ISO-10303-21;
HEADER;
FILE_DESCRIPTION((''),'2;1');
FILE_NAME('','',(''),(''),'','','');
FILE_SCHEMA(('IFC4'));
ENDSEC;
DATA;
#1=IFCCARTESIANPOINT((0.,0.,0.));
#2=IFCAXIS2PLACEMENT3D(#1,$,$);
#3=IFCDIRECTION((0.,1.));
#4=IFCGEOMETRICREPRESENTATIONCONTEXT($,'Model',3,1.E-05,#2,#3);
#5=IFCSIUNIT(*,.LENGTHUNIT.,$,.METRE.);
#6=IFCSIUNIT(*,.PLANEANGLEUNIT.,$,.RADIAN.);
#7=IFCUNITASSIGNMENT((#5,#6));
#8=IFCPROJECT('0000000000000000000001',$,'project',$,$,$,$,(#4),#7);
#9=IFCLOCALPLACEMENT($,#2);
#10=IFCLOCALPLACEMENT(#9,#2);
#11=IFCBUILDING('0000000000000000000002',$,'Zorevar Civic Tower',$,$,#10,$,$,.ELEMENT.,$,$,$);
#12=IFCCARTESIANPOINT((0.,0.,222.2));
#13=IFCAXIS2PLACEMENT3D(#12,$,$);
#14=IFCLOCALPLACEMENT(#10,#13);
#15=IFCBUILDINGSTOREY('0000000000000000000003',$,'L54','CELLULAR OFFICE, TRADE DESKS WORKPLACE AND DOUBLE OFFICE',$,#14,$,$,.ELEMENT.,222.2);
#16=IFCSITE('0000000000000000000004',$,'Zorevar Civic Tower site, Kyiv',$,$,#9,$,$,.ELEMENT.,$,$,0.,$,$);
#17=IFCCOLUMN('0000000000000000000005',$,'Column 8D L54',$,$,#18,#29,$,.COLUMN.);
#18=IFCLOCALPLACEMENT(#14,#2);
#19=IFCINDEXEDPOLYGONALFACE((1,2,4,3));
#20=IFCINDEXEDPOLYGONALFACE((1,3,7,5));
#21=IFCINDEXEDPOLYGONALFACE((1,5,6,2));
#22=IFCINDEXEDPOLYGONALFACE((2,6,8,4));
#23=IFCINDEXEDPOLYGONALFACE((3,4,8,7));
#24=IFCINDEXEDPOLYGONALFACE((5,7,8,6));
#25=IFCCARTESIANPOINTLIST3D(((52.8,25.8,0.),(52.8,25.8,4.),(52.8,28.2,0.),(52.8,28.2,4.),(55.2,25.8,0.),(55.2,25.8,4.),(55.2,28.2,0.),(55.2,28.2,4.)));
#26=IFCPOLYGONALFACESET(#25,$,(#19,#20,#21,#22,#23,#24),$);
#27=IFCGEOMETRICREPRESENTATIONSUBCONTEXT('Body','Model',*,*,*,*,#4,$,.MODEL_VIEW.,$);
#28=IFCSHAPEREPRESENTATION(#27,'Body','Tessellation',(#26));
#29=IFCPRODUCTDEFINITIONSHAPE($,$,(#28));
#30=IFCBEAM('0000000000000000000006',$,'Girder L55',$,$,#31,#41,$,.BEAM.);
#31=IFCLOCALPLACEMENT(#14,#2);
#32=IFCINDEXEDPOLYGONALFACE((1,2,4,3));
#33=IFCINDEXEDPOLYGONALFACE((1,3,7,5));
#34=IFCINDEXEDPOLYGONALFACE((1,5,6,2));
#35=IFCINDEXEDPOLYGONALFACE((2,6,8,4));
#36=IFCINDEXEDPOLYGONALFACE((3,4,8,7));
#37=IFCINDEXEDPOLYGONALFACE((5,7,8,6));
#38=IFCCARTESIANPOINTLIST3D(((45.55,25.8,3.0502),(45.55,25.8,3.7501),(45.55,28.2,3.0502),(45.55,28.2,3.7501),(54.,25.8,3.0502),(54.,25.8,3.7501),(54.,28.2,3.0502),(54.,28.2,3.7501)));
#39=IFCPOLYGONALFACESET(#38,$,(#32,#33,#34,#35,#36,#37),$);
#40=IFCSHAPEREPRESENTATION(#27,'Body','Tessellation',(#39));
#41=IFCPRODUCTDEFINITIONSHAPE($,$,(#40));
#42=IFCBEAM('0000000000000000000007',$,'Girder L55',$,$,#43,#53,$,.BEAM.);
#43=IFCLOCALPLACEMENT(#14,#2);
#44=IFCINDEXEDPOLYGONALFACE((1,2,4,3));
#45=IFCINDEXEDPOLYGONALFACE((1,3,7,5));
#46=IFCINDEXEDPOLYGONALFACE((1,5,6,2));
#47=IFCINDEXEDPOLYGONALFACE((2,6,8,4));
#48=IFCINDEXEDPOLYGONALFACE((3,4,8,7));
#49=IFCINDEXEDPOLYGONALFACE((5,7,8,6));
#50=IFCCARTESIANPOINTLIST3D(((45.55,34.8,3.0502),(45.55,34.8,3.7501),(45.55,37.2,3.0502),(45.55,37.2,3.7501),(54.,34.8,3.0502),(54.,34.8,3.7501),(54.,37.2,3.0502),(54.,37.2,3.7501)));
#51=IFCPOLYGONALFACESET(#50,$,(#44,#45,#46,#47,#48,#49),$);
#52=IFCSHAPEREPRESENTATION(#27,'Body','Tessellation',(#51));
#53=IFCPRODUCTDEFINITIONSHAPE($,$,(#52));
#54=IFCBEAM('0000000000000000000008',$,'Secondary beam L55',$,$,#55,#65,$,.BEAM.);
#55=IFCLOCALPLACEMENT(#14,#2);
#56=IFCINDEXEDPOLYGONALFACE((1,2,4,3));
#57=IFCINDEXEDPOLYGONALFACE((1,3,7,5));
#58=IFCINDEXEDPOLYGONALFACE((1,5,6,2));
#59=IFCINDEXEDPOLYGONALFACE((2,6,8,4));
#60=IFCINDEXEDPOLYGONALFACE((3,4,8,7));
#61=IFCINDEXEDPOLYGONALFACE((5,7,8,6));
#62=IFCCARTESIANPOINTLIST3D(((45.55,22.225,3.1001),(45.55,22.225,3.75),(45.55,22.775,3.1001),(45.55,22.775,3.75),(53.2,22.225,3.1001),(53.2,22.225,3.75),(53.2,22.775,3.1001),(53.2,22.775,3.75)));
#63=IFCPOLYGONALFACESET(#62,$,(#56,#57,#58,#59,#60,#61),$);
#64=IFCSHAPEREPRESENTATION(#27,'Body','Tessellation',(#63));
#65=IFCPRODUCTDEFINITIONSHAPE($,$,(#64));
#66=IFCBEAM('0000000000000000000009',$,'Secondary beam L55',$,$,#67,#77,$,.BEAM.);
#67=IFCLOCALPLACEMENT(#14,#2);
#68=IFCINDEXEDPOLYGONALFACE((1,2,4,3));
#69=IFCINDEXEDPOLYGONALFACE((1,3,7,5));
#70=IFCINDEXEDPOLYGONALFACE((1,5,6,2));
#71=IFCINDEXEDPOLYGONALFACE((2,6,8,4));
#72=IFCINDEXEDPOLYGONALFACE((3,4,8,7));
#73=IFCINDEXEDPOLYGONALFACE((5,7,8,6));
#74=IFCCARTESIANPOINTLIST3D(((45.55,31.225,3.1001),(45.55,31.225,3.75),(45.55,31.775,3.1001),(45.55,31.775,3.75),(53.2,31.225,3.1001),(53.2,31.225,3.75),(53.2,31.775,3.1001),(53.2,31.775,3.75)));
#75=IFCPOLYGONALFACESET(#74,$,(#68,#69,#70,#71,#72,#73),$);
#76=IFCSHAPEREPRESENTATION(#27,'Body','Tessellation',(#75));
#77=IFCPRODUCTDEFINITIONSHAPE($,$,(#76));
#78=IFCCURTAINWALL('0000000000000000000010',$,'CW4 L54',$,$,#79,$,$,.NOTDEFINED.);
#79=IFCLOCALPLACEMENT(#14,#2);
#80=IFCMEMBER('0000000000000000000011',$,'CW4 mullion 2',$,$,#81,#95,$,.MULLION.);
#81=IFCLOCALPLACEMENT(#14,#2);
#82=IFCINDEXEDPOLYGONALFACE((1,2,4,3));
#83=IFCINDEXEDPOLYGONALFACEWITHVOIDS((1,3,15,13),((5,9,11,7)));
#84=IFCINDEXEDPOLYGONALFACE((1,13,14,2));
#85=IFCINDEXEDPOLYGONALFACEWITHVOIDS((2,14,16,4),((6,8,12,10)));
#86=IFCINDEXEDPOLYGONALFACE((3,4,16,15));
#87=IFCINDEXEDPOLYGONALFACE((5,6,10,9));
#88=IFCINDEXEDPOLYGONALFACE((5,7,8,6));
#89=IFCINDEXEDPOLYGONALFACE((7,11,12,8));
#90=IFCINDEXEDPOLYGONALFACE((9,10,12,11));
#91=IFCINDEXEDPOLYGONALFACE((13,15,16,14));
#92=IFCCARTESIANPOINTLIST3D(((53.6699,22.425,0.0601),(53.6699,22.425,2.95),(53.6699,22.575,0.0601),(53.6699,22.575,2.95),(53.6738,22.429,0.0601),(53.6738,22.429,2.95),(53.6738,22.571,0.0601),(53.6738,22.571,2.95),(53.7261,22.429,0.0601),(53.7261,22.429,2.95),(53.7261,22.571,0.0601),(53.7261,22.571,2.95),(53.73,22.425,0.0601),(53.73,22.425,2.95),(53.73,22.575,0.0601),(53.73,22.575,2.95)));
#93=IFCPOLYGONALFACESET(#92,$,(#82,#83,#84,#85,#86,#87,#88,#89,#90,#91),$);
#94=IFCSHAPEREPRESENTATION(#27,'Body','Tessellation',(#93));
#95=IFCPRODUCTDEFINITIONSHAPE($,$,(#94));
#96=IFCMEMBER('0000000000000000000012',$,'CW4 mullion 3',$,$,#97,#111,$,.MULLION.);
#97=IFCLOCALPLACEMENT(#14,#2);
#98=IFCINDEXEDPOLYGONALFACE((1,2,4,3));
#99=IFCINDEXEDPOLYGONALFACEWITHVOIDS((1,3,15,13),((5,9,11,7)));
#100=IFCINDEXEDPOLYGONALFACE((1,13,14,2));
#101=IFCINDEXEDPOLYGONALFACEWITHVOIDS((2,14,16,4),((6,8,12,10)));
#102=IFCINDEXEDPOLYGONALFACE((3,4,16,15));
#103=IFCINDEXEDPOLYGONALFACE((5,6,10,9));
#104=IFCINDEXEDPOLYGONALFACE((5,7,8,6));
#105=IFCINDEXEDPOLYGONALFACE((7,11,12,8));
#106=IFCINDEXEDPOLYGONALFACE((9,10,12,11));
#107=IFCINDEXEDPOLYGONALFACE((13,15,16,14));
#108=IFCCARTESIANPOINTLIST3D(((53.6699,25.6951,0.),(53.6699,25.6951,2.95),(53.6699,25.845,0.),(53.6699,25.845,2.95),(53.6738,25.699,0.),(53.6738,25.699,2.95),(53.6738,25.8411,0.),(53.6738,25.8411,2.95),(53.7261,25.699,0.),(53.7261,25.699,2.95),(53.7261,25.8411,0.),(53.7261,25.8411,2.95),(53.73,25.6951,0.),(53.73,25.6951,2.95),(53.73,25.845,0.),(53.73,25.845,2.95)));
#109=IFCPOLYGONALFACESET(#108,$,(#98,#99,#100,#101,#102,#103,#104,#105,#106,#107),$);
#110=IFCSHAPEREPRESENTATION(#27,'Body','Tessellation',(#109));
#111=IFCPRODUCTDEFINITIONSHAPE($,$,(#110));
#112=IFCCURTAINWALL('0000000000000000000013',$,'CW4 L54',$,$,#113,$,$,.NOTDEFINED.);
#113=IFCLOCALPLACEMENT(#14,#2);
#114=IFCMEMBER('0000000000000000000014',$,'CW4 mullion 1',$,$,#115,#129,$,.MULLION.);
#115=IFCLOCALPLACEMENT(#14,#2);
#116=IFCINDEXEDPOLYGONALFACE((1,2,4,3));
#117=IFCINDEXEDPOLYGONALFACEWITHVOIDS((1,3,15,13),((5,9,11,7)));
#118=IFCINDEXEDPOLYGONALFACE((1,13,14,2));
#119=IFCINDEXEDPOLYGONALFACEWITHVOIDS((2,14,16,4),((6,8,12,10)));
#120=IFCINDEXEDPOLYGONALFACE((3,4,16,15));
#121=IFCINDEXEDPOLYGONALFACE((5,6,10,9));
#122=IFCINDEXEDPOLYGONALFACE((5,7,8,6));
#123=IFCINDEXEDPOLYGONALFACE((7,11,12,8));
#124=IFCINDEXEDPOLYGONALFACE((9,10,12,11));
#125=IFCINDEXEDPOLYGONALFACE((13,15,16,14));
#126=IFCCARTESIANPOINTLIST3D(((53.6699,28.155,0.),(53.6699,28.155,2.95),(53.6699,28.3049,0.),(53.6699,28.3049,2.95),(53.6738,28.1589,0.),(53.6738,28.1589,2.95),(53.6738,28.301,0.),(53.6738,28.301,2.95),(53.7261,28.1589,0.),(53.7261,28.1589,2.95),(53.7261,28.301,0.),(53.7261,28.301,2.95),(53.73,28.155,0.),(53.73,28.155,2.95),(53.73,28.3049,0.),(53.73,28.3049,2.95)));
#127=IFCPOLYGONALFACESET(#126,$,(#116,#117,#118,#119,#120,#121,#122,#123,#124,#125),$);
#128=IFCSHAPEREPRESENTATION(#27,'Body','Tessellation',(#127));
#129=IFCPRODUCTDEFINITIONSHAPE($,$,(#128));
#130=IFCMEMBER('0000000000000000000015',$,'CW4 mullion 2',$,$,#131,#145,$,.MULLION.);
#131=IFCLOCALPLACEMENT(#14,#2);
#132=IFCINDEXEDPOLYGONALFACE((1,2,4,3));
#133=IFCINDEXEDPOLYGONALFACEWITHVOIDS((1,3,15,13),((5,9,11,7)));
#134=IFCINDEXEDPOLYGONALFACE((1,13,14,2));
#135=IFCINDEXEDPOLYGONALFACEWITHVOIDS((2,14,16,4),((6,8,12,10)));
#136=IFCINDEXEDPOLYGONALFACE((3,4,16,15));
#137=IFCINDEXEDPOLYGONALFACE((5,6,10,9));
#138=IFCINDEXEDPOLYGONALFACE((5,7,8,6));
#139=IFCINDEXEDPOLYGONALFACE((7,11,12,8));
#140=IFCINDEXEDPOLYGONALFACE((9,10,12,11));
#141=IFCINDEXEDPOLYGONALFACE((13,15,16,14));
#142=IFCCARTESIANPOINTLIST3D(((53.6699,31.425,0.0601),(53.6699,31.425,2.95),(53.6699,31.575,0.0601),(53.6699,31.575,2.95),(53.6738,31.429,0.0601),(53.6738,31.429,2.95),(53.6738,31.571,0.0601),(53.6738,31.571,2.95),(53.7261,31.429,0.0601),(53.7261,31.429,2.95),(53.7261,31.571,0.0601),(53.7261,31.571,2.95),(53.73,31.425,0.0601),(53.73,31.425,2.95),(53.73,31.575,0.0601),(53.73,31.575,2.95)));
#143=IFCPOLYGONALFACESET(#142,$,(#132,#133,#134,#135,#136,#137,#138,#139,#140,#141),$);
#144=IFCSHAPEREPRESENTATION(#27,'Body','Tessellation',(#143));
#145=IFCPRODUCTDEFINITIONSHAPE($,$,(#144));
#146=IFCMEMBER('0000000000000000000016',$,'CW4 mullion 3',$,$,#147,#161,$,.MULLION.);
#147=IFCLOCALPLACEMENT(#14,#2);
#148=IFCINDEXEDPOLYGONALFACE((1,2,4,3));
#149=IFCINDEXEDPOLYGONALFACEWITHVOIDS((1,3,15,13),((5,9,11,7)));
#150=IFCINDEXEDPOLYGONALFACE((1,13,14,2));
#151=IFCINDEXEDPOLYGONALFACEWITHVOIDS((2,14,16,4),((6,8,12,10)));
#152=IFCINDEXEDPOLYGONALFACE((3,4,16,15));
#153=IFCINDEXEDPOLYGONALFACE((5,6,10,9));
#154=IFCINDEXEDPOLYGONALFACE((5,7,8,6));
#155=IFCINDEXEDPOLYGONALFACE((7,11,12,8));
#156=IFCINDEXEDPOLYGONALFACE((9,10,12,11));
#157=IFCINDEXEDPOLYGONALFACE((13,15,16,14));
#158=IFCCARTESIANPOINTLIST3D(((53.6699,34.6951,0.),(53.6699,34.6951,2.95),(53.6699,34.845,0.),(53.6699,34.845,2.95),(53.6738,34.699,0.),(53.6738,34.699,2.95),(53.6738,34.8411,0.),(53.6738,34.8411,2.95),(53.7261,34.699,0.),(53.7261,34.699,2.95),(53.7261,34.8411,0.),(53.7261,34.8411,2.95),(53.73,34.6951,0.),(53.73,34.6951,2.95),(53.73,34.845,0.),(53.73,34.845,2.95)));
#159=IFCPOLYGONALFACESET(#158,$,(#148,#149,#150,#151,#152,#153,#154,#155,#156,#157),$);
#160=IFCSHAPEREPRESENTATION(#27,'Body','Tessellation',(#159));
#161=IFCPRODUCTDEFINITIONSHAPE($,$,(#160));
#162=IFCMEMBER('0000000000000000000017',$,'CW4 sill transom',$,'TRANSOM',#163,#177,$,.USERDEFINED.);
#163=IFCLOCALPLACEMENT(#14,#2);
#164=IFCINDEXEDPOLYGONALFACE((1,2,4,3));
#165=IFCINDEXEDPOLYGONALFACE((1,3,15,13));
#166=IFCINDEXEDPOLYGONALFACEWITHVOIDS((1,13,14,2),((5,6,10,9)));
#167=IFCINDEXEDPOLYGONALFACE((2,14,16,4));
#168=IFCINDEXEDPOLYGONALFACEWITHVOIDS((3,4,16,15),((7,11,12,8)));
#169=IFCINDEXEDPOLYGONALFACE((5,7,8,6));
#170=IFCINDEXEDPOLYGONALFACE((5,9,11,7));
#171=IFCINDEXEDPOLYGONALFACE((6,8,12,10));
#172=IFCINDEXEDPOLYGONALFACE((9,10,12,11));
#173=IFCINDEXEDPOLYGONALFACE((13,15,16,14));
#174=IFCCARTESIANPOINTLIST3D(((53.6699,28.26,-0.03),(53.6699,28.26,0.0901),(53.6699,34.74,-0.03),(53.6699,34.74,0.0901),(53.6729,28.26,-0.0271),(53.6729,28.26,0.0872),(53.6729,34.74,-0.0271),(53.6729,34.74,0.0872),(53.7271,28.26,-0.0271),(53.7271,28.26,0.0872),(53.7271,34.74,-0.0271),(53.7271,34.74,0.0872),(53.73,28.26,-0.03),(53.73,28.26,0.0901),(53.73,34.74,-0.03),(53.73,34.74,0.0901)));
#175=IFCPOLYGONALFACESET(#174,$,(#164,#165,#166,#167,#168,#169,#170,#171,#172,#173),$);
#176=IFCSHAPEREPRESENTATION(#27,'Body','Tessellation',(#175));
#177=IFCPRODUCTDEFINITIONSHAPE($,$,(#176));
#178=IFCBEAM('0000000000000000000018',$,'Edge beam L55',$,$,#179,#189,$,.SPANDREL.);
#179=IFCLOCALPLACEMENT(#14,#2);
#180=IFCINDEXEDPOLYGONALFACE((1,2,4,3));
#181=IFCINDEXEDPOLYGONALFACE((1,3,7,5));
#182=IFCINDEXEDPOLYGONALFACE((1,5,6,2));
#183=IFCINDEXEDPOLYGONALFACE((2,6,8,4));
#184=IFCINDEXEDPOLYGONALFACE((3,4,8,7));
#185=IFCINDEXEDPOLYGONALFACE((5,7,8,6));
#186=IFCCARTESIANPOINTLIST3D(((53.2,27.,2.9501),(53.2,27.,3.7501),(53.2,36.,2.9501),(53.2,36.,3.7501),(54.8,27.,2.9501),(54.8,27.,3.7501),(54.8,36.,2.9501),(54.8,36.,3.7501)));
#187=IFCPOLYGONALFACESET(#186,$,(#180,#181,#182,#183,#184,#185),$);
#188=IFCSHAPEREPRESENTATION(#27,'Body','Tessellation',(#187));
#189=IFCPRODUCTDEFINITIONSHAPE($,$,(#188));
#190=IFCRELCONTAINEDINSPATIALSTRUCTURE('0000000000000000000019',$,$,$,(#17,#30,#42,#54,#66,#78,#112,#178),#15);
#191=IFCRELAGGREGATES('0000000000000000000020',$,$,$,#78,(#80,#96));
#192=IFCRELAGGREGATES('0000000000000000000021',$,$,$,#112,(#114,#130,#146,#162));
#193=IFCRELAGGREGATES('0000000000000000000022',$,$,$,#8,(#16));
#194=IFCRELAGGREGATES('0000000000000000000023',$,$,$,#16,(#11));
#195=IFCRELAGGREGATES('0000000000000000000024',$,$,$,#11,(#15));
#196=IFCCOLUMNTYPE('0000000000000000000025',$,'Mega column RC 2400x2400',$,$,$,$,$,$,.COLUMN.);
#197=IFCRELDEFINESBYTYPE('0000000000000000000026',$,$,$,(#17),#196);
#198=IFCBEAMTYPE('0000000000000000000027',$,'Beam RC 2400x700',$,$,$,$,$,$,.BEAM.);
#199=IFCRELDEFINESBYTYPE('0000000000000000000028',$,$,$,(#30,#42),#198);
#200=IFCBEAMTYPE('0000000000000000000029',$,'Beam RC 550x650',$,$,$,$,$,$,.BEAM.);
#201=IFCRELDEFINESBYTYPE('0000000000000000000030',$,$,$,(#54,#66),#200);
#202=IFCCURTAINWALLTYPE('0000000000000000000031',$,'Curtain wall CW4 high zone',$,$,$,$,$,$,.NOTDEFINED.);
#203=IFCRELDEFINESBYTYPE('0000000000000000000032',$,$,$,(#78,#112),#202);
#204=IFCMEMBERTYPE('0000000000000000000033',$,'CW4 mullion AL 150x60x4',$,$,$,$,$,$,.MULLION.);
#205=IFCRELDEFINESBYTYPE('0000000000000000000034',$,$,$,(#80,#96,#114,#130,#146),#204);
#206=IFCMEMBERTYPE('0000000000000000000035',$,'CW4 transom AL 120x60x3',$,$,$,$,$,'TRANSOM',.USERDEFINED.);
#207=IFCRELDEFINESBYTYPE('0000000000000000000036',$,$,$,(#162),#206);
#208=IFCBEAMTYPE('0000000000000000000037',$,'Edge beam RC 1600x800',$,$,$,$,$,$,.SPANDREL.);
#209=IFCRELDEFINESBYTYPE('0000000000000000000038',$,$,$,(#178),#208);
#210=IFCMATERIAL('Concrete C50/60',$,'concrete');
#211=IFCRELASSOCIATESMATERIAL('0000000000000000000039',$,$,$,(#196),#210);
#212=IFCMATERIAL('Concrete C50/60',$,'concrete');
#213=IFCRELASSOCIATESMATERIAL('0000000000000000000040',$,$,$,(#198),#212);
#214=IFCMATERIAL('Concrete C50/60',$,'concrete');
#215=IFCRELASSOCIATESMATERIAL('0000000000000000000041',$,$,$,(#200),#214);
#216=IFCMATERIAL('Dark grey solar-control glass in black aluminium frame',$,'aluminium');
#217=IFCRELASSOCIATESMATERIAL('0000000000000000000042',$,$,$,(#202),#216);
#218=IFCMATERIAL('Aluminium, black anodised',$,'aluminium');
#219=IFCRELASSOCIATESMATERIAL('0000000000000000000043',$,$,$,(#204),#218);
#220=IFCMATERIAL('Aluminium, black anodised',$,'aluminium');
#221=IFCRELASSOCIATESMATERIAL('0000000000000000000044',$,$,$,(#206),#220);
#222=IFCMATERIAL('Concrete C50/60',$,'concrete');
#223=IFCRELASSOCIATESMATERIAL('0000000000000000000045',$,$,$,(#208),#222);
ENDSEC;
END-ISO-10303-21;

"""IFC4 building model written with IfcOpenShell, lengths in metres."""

from ifc_helpers import new_model, si_unit, direction, frame, origin, origin_2d, place, context, subcontext, project, spatial, rectangle, hollow_rectangle, extrude, material, material_profile, profile_set, type_object, element, aggregate, save


model = new_model("IFC4")

# Units and contexts
model_context = context("Model", 3, precision=1e-05, world=origin(), true_north=direction((0.0, 1.0)))
body_context = subcontext(model_context, "Body", "Model", "MODEL_VIEW")
ifc_project = project(units=[si_unit("LENGTHUNIT", "METRE"), si_unit("PLANEANGLEUNIT", "RADIAN")], contexts=[model_context])

# Site, building, storey
site_placement = place(None, origin())
site = spatial("IfcSite", under=ifc_project, at=site_placement, Name="Zorevar Civic Tower site, Kyiv", CompositionType="ELEMENT", RefElevation=0.0)
building_placement = place(site_placement, origin())
building = spatial("IfcBuilding", under=site, at=building_placement, Name="Zorevar Civic Tower", CompositionType="ELEMENT")
storey_placement = place(building_placement, frame((0.0, 0.0, 222.2)))
storey = spatial("IfcBuildingStorey", under=building, at=storey_placement, Name="L54", Description="CELLULAR OFFICE, TRADE DESKS WORKPLACE AND DOUBLE OFFICE", CompositionType="ELEMENT", Elevation=222.2)

# Column
ifc_material_1 = material(Name="Concrete C50/60", Category="concrete")
ifc_material_profile_1 = material_profile(ifc_material_1, rectangle(XDim=2.3999, YDim=2.3999, at=origin_2d()), Name="RC 2400x2400")
ifc_profile_set_1 = profile_set([ifc_material_profile_1], Name="Concrete C50/60")
column_type = type_object("IfcColumnType", Name="Mega column RC 2400x2400", PredefinedType="COLUMN", material=ifc_profile_set_1)
column_placement = place(storey_placement, frame((54.0, 27.0, 0.0), z_axis=(0.0, 0.0, 1.0), x_axis=(1.0, 0.0, 0.0)))
element("IfcColumn", 1, at=column_placement, inside=storey, type_object=column_type, Name="Column 8D L54", PredefinedType="COLUMN", context=body_context, shape_type="SweptSolid", body=[
    extrude(rectangle(XDim=2.3999, YDim=2.3999, at=origin_2d()), origin(), (0.0, 0.0, 1.0), 4.0),
])

# Beams
ifc_material_2 = material(Name="Concrete C50/60", Category="concrete")
ifc_material_profile_2 = material_profile(ifc_material_2, rectangle(XDim=2.3999, YDim=0.7, at=origin_2d()), Name="RC 2400x700")
ifc_profile_set_2 = profile_set([ifc_material_profile_2], Name="Concrete C50/60")
beam_type_1 = type_object("IfcBeamType", Name="Beam RC 2400x700", PredefinedType="BEAM", material=ifc_profile_set_2)
for number, where, z_axis, x_axis, name in (
    (2, (45.55, 27.0, 3.4001), (1.0, 0.0, 0.0), (0.0, 1.0, 0.0), "Girder L55"),
    (3, (45.55, 36.0, 3.4001), (1.0, 0.0, 0.0), (0.0, 1.0, 0.0), "Girder L55"),
):
    element("IfcBeam", number, at=place(storey_placement, frame(where, z_axis=z_axis, x_axis=x_axis)), inside=storey, type_object=beam_type_1, Name=name, PredefinedType="BEAM", context=body_context, shape_type="SweptSolid", body=[
        extrude(rectangle(XDim=2.3999, YDim=0.7, at=origin_2d()), origin(), (0.0, 0.0, 1.0), 8.45),
    ])
ifc_material_3 = material(Name="Concrete C50/60", Category="concrete")
ifc_material_profile_3 = material_profile(ifc_material_3, rectangle(XDim=0.55, YDim=0.6499, at=origin_2d()), Name="RC 550x650")
ifc_profile_set_3 = profile_set([ifc_material_profile_3], Name="Concrete C50/60")
beam_type_2 = type_object("IfcBeamType", Name="Beam RC 550x650", PredefinedType="BEAM", material=ifc_profile_set_3)
for number, where, z_axis, x_axis, name in (
    (4, (45.55, 22.5, 3.425), (1.0, 0.0, 0.0), (0.0, 1.0, 0.0), "Secondary beam L55"),
    (5, (45.55, 31.5, 3.425), (1.0, 0.0, 0.0), (0.0, 1.0, 0.0), "Secondary beam L55"),
):
    element("IfcBeam", number, at=place(storey_placement, frame(where, z_axis=z_axis, x_axis=x_axis)), inside=storey, type_object=beam_type_2, Name=name, PredefinedType="BEAM", context=body_context, shape_type="SweptSolid", body=[
        extrude(rectangle(XDim=0.55, YDim=0.6499, at=origin_2d()), origin(), (0.0, 0.0, 1.0), 7.6499),
    ])

# Curtain walls, members
ifc_material_4 = material(Name="Dark grey solar-control glass in black aluminium frame", Category="aluminium")
curtain_wall_type = type_object("IfcCurtainWallType", Name="Curtain wall CW4 high zone", PredefinedType="NOTDEFINED", material=ifc_material_4)
curtain_wall_1_placement = place(storey_placement, origin())
curtain_wall_1 = element("IfcCurtainWall", 6, at=curtain_wall_1_placement, inside=storey, type_object=curtain_wall_type, Name="CW4 L54", PredefinedType="NOTDEFINED")
ifc_material_5 = material(Name="Aluminium, black anodised", Category="aluminium")
ifc_material_profile_4 = material_profile(ifc_material_5, hollow_rectangle(XDim=0.0601, YDim=0.1499, WallThickness=0.0039, at=origin_2d()), Name="AL 150x60x4")
ifc_profile_set_4 = profile_set([ifc_material_profile_4], Name="Aluminium, black anodised")
member_type_1 = type_object("IfcMemberType", Name="CW4 mullion AL 150x60x4", PredefinedType="MULLION", material=ifc_profile_set_4)
member_1_placement = place(storey_placement, frame((53.7, 22.5, 0.0601), z_axis=(0.0, 0.0, 1.0), x_axis=(-1.0, 0.0, 0.0)))
member_1 = element("IfcMember", 7, at=member_1_placement, type_object=member_type_1, Name="CW4 mullion 2", PredefinedType="MULLION", context=body_context, shape_type="SweptSolid", body=[
    extrude(hollow_rectangle(XDim=0.0601, YDim=0.1499, WallThickness=0.0039, at=origin_2d()), origin(), (0.0, 0.0, 1.0), 2.8899),
])
member_2_placement = place(storey_placement, frame((53.7, 25.77, 0.0), z_axis=(0.0, 0.0, 1.0), x_axis=(-1.0, 0.0, 0.0)))
member_2 = element("IfcMember", 8, at=member_2_placement, type_object=member_type_1, Name="CW4 mullion 3", PredefinedType="MULLION", context=body_context, shape_type="SweptSolid", body=[
    extrude(hollow_rectangle(XDim=0.0601, YDim=0.1499, WallThickness=0.0039, at=origin_2d()), origin(), (0.0, 0.0, 1.0), 2.95),
])
curtain_wall_2_placement = place(storey_placement, origin())
curtain_wall_2 = element("IfcCurtainWall", 9, at=curtain_wall_2_placement, inside=storey, type_object=curtain_wall_type, Name="CW4 L54", PredefinedType="NOTDEFINED")
member_3_placement = place(storey_placement, frame((53.7, 28.23, 0.0), z_axis=(0.0, 0.0, 1.0), x_axis=(-1.0, 0.0, 0.0)))
member_3 = element("IfcMember", 10, at=member_3_placement, type_object=member_type_1, Name="CW4 mullion 1", PredefinedType="MULLION", context=body_context, shape_type="SweptSolid", body=[
    extrude(hollow_rectangle(XDim=0.0601, YDim=0.1499, WallThickness=0.0039, at=origin_2d()), origin(), (0.0, 0.0, 1.0), 2.95),
])
member_4_placement = place(storey_placement, frame((53.7, 31.5, 0.0601), z_axis=(0.0, 0.0, 1.0), x_axis=(-1.0, 0.0, 0.0)))
member_4 = element("IfcMember", 11, at=member_4_placement, type_object=member_type_1, Name="CW4 mullion 2", PredefinedType="MULLION", context=body_context, shape_type="SweptSolid", body=[
    extrude(hollow_rectangle(XDim=0.0601, YDim=0.1499, WallThickness=0.0039, at=origin_2d()), origin(), (0.0, 0.0, 1.0), 2.8899),
])
member_5_placement = place(storey_placement, frame((53.7, 34.77, 0.0), z_axis=(0.0, 0.0, 1.0), x_axis=(-1.0, 0.0, 0.0)))
member_5 = element("IfcMember", 12, at=member_5_placement, type_object=member_type_1, Name="CW4 mullion 3", PredefinedType="MULLION", context=body_context, shape_type="SweptSolid", body=[
    extrude(hollow_rectangle(XDim=0.0601, YDim=0.1499, WallThickness=0.0039, at=origin_2d()), origin(), (0.0, 0.0, 1.0), 2.95),
])
ifc_material_6 = material(Name="Aluminium, black anodised", Category="aluminium")
ifc_material_profile_5 = material_profile(ifc_material_6, hollow_rectangle(XDim=0.0601, YDim=0.1201, WallThickness=0.0029, at=origin_2d()), Name="AL 120x60x3")
ifc_profile_set_5 = profile_set([ifc_material_profile_5], Name="Aluminium, black anodised")
member_type_2 = type_object("IfcMemberType", Name="CW4 transom AL 120x60x3", ElementType="TRANSOM", PredefinedType="USERDEFINED", material=ifc_profile_set_5)
member_6_placement = place(storey_placement, frame((53.7, 28.26, 0.03), z_axis=(0.0, 1.0, 0.0), x_axis=(-1.0, 0.0, 0.0)))
member_6 = element("IfcMember", 13, at=member_6_placement, type_object=member_type_2, Name="CW4 sill transom", ObjectType="TRANSOM", PredefinedType="USERDEFINED", context=body_context, shape_type="SweptSolid", body=[
    extrude(hollow_rectangle(XDim=0.0601, YDim=0.1201, WallThickness=0.0029, at=origin_2d()), origin(), (0.0, 0.0, 1.0), 6.48),
])

# Beam
ifc_material_7 = material(Name="Concrete C50/60", Category="concrete")
ifc_material_profile_6 = material_profile(ifc_material_7, rectangle(XDim=1.6001, YDim=0.8, at=origin_2d()), Name="RC 1600x800")
ifc_profile_set_6 = profile_set([ifc_material_profile_6], Name="Concrete C50/60")
beam_type_3 = type_object("IfcBeamType", Name="Edge beam RC 1600x800", PredefinedType="SPANDREL", material=ifc_profile_set_6)
beam_placement = place(storey_placement, frame((54.0, 27.0, 3.3501), z_axis=(0.0, 1.0, 0.0), x_axis=(-1.0, 0.0, 0.0)))
element("IfcBeam", 14, at=beam_placement, inside=storey, type_object=beam_type_3, Name="Edge beam L55", PredefinedType="SPANDREL", context=body_context, shape_type="SweptSolid", body=[
    extrude(rectangle(XDim=1.6001, YDim=0.8, at=origin_2d()), origin(), (0.0, 0.0, 1.0), 9.0),
])

aggregate(curtain_wall_1, [member_1, member_2])
aggregate(curtain_wall_2, [member_3, member_4, member_5, member_6])

save(model, "model.ifc")
